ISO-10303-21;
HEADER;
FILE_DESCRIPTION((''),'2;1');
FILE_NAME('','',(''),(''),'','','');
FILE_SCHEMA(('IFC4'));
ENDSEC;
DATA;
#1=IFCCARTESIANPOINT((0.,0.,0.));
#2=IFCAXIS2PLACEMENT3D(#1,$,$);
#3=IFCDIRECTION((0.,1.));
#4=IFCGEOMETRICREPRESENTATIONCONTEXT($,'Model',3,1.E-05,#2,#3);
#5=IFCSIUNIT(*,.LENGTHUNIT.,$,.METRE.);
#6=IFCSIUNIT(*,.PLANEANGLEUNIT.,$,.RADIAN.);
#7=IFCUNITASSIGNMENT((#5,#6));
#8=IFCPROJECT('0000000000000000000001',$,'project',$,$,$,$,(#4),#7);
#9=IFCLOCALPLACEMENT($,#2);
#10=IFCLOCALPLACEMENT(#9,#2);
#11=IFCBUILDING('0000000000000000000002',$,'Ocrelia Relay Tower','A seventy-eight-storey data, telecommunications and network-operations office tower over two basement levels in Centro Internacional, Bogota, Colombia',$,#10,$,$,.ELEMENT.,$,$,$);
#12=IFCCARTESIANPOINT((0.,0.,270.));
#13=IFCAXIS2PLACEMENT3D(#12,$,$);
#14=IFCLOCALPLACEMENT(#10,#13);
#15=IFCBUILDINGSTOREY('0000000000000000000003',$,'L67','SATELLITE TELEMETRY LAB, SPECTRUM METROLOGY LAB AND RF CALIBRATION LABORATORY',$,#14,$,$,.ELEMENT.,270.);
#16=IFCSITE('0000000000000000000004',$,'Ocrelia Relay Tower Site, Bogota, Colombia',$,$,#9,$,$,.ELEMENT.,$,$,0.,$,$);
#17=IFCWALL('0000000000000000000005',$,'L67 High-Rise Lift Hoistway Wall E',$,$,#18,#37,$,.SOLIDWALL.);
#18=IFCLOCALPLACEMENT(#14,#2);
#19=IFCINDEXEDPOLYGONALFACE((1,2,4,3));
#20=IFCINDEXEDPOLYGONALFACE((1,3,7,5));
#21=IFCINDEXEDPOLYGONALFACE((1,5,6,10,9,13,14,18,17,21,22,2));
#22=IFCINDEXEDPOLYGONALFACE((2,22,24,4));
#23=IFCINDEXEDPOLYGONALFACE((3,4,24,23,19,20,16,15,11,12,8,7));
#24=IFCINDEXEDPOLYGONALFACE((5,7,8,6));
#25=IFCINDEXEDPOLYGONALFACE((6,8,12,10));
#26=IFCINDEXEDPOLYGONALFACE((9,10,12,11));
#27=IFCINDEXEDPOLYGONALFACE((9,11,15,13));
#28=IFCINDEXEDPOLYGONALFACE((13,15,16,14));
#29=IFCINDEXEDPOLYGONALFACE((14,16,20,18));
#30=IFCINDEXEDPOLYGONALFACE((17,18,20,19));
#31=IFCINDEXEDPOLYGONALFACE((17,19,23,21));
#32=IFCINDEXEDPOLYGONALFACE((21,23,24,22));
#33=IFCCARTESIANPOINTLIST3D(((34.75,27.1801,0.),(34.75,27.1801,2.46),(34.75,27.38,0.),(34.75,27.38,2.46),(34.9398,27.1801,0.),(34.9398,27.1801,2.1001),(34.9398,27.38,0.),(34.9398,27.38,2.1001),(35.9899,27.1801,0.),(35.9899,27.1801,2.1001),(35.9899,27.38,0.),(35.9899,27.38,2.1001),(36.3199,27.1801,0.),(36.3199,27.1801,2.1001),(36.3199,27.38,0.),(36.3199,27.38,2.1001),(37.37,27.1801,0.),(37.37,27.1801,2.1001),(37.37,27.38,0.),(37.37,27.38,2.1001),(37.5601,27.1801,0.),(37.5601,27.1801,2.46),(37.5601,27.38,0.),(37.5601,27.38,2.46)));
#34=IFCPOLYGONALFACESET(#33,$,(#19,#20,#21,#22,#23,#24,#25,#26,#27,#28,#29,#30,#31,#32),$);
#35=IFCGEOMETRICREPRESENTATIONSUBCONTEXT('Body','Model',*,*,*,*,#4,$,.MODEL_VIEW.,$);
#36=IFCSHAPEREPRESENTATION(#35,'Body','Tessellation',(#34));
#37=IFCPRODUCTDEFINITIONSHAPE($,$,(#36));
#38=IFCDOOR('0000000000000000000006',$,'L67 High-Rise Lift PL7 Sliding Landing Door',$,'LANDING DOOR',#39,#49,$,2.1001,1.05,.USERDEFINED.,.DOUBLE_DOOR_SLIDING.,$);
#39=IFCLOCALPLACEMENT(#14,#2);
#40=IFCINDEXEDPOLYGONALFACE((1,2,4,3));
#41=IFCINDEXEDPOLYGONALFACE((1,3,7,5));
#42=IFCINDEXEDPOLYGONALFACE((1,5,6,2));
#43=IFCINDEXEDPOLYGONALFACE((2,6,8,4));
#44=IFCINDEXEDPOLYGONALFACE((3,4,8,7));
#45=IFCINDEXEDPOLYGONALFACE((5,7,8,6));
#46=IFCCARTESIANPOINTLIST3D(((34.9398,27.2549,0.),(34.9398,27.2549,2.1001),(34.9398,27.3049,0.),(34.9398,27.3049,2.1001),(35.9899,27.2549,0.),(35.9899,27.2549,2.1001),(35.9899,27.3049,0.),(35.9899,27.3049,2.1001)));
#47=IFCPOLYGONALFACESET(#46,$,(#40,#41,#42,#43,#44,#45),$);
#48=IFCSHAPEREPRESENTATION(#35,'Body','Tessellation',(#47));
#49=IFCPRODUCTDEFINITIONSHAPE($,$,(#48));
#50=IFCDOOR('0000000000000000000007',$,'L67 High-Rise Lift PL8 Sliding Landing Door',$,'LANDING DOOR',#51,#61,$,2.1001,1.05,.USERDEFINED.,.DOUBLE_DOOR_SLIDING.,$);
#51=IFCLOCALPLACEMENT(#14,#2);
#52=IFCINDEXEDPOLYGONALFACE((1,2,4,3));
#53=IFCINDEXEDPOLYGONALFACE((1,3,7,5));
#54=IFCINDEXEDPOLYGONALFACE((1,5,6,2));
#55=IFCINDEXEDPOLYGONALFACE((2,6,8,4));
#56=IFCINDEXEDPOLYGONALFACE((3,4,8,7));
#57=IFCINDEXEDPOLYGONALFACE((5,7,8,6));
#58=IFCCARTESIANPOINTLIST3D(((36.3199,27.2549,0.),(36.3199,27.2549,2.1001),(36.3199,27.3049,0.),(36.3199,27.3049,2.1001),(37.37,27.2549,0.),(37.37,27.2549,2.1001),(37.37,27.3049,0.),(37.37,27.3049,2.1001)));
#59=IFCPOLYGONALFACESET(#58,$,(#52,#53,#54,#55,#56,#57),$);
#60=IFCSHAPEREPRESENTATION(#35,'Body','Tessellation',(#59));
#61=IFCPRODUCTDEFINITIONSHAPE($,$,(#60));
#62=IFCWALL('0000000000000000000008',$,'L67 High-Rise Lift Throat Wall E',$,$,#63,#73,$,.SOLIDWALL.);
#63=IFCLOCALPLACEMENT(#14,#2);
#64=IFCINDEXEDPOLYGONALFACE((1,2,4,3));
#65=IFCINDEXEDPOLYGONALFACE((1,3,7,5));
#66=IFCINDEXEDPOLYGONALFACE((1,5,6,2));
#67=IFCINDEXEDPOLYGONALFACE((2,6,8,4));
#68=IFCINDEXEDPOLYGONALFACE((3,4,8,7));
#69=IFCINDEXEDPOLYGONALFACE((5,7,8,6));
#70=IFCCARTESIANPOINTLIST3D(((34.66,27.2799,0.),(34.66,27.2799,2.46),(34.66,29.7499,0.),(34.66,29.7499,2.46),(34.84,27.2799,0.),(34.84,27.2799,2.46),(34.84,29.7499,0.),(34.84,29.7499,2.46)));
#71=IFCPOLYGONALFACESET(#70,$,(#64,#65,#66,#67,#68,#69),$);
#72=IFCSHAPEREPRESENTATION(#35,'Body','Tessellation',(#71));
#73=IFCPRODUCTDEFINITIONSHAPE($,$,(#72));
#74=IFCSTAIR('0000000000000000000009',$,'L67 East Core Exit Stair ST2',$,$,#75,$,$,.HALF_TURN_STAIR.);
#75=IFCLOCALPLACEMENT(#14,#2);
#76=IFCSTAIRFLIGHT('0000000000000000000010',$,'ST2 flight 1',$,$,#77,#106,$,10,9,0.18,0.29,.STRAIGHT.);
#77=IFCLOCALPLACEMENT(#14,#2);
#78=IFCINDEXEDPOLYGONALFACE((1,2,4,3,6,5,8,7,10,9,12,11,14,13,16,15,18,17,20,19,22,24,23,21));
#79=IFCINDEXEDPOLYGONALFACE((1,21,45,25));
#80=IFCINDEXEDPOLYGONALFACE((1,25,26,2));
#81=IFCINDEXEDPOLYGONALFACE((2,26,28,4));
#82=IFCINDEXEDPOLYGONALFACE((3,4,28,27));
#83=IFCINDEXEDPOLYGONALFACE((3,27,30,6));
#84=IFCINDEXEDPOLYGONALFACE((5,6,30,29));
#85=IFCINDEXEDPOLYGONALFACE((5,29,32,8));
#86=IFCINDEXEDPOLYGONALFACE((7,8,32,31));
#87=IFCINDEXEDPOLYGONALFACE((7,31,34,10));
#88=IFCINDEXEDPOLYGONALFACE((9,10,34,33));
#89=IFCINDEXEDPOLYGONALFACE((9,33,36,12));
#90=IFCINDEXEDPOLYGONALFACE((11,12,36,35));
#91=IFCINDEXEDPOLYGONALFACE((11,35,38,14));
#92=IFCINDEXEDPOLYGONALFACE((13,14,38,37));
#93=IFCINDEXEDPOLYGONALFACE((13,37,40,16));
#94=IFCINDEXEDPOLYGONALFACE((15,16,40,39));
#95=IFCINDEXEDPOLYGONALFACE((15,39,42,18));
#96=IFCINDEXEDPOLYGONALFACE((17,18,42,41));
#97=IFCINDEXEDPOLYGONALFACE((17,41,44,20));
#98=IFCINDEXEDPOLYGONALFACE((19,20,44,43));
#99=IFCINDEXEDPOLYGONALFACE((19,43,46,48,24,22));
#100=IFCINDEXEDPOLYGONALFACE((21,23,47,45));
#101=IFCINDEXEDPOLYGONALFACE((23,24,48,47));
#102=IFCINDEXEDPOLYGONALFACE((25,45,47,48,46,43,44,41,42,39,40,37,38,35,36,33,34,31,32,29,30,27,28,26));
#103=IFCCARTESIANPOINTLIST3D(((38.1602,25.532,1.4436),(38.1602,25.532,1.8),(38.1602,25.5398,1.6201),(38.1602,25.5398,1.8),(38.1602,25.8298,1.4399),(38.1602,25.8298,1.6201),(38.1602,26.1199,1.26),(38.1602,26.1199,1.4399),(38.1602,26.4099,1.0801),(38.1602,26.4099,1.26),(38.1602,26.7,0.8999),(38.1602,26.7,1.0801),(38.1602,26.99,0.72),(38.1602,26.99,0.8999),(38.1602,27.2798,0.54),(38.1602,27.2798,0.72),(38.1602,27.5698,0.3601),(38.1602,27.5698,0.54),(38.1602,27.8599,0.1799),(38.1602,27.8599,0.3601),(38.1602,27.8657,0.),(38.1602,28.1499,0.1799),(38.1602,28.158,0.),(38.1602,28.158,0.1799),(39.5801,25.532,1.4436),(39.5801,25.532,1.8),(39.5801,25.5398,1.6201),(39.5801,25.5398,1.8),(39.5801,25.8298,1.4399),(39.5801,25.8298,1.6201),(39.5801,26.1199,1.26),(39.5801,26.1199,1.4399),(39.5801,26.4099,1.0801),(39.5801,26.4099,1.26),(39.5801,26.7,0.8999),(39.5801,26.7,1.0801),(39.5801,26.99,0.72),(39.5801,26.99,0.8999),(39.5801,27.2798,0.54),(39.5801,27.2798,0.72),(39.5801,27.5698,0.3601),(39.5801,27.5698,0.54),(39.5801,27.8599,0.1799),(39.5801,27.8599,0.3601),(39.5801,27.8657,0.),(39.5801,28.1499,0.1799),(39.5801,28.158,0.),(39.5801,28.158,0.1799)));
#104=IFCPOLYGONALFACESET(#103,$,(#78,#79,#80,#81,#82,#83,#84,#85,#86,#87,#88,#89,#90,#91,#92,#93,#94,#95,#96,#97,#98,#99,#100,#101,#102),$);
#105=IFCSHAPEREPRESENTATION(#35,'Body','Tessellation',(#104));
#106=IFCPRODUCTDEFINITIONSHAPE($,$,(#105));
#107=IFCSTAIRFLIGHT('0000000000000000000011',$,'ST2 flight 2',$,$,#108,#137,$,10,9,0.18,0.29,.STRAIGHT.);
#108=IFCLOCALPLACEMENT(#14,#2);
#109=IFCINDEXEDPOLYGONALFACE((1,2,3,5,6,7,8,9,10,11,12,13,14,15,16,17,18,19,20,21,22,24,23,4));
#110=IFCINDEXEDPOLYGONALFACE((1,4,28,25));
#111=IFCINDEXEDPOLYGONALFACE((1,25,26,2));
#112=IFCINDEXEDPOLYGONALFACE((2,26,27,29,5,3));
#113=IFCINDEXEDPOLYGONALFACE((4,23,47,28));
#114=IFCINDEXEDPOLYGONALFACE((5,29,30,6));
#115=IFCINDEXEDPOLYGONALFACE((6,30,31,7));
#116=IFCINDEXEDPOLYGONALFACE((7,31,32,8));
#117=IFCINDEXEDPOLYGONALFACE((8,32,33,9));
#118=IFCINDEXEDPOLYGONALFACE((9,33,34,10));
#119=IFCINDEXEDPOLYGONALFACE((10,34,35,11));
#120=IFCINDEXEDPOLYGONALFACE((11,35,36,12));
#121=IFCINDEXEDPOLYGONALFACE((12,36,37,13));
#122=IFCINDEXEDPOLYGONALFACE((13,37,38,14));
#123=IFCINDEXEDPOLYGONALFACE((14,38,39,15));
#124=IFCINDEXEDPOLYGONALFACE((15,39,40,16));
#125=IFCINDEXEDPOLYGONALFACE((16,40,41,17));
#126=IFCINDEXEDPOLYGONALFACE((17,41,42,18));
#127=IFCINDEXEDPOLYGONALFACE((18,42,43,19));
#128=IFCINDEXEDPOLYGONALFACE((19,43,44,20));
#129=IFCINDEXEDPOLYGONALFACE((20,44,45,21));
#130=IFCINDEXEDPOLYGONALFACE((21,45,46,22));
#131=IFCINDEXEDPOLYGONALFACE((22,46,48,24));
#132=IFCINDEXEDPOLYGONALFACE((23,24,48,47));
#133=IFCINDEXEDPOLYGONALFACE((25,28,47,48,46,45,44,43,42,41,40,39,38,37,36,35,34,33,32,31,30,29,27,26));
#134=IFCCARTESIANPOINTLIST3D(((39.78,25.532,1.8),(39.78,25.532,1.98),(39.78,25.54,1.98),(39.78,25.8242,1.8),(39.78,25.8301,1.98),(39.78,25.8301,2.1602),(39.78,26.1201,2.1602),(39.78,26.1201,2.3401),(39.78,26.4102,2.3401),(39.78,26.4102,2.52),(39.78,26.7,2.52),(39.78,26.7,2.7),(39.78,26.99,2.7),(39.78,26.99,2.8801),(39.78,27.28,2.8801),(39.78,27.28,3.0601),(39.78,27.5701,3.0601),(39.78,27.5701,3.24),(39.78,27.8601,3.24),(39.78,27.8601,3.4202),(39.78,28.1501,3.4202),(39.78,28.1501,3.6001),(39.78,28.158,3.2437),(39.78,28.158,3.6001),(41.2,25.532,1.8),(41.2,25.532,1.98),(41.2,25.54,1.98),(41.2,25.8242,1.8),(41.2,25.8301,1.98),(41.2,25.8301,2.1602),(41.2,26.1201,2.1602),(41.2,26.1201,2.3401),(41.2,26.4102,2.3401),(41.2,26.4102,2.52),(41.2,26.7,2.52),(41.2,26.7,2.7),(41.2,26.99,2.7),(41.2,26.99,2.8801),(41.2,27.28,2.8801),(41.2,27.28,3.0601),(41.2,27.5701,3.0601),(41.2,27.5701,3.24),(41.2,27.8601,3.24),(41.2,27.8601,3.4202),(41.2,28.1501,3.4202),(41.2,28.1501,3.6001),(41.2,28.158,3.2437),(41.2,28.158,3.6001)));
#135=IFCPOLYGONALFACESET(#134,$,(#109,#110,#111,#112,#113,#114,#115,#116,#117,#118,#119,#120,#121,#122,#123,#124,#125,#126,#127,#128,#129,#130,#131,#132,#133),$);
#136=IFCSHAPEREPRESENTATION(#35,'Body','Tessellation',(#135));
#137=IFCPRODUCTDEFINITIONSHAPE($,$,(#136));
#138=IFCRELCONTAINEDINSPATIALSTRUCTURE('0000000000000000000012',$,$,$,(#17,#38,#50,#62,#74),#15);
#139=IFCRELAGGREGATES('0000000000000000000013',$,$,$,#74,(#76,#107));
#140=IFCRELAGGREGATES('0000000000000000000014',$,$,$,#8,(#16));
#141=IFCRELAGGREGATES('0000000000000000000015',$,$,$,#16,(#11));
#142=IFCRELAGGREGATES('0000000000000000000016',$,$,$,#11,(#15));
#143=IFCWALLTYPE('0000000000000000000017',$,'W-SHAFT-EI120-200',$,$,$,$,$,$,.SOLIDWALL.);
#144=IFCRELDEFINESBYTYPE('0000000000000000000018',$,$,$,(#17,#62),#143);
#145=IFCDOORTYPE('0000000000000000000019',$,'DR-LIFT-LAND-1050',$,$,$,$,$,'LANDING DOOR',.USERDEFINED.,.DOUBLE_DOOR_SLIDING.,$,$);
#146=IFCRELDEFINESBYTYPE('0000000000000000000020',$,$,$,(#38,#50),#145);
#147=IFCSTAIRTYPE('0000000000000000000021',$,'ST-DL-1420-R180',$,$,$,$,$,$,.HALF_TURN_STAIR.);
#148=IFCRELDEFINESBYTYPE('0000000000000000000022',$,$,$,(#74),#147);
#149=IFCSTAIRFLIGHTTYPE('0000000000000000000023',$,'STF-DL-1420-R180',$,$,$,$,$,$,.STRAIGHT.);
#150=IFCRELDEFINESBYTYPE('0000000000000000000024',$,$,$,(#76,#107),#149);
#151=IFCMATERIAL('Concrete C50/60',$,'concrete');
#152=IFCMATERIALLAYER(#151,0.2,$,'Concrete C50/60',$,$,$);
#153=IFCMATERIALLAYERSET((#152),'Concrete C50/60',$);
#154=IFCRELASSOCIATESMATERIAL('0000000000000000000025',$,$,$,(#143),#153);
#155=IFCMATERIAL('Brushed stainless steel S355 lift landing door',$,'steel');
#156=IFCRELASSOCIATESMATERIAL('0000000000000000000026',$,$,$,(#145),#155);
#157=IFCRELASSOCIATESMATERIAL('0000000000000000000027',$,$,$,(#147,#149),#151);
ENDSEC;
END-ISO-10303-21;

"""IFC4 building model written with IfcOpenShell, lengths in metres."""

from ifc_helpers import new_model, si_unit, direction, frame, frame_2d, origin, place, context, subcontext, project, spatial, polyline, rectangle, outline, extrude, material, layer, layer_set, type_object, element, fill, aggregate, save


model = new_model("IFC4")

# Units and contexts
model_context = context("Model", 3, precision=1e-05, world=origin(), true_north=direction((0.0, 1.0)))
body_context = subcontext(model_context, "Body", "Model", "MODEL_VIEW")
ifc_project = project(units=[si_unit("LENGTHUNIT", "METRE"), si_unit("PLANEANGLEUNIT", "RADIAN")], contexts=[model_context])

# Site, building, storey
site_placement = place(None, origin())
site = spatial("IfcSite", under=ifc_project, at=site_placement, Name="Ocrelia Relay Tower Site, Bogota, Colombia", CompositionType="ELEMENT", RefElevation=0.0)
building_placement = place(site_placement, origin())
building = spatial("IfcBuilding", under=site, at=building_placement, Name="Ocrelia Relay Tower", Description="A seventy-eight-storey data, telecommunications and network-operations office tower over two basement levels in Centro Internacional, Bogota, Colombia", CompositionType="ELEMENT")
storey_placement = place(building_placement, frame((0.0, 0.0, 270.0)))
storey = spatial("IfcBuildingStorey", under=building, at=storey_placement, Name="L67", Description="SATELLITE TELEMETRY LAB, SPECTRUM METROLOGY LAB AND RF CALIBRATION LABORATORY", CompositionType="ELEMENT", Elevation=270.0)

# Shared definitions
ifc_material_1 = material(Name="Concrete C50/60", Category="concrete")

# Shared definitions
ifc_layer_1 = layer(ifc_material_1, 0.2, Name="Concrete C50/60")
ifc_layer_set_1 = layer_set([ifc_layer_1], Name="Concrete C50/60")
wall_type_1 = type_object("IfcWallType", Name="W-SHAFT-EI120-200", PredefinedType="SOLIDWALL", material=ifc_layer_set_1)

# Wall, openings, doors
wall_1_placement = place(storey_placement, frame((34.75, 27.28, 0.0), z_axis=(0.0, 0.0, 1.0), x_axis=(1.0, 0.0, 0.0)))
wall_1 = element("IfcWall", 1, at=wall_1_placement, inside=storey, type_object=wall_type_1, Name="L67 High-Rise Lift Hoistway Wall E", PredefinedType="SOLIDWALL", context=body_context, shape_type="SweptSolid", body=[
    extrude(rectangle(XDim=2.8101, YDim=0.2, at=frame_2d((1.405, 0.0))), origin(), (0.0, 0.0, 1.0), 2.46),
])
opening_1_placement = place(wall_1_placement, frame((0.1899, 0.0, 0.0)))
opening_1 = element("IfcOpeningElement", 2, at=opening_1_placement, cuts=wall_1, PredefinedType="OPENING", context=body_context, shape_type="SweptSolid", body=[
    extrude(rectangle(XDim=1.05, YDim=2.1001, at=frame_2d((0.5249, 1.05))), frame((0.0, 0.1099, 0.0), z_axis=(0.0, -1.0, 0.0), x_axis=(1.0, 0.0, 0.0)), (0.0, 0.0, 1.0), 0.22),
])
opening_2_placement = place(wall_1_placement, frame((1.5701, 0.0, 0.0)))
opening_2 = element("IfcOpeningElement", 3, at=opening_2_placement, cuts=wall_1, PredefinedType="OPENING", context=body_context, shape_type="SweptSolid", body=[
    extrude(rectangle(XDim=1.05, YDim=2.1001, at=frame_2d((0.5249, 1.05))), frame((0.0, 0.1099, 0.0), z_axis=(0.0, -1.0, 0.0), x_axis=(1.0, 0.0, 0.0)), (0.0, 0.0, 1.0), 0.22),
])
ifc_material_2 = material(Name="Brushed stainless steel S355 lift landing door", Category="steel")
door_type_1 = type_object("IfcDoorType", Name="DR-LIFT-LAND-1050", ElementType="LANDING DOOR", OperationType="DOUBLE_DOOR_SLIDING", PredefinedType="USERDEFINED", material=ifc_material_2)
door_1_placement = place(opening_1_placement, origin())
door_1 = element("IfcDoor", 4, at=door_1_placement, inside=storey, type_object=door_type_1, Name="L67 High-Rise Lift PL7 Sliding Landing Door", ObjectType="LANDING DOOR", OperationType="DOUBLE_DOOR_SLIDING", OverallHeight=2.1001, OverallWidth=1.05, PredefinedType="USERDEFINED", context=body_context, shape_type="SweptSolid", body=[
    extrude(rectangle(XDim=1.05, YDim=2.1001, at=frame_2d((0.5249, 1.05))), frame((0.0, 0.0249, 0.0), z_axis=(0.0, -1.0, 0.0), x_axis=(1.0, 0.0, 0.0)), (0.0, 0.0, 1.0), 0.05),
])
fill(opening_1, door_1)
door_2_placement = place(opening_2_placement, origin())
door_2 = element("IfcDoor", 5, at=door_2_placement, inside=storey, type_object=door_type_1, Name="L67 High-Rise Lift PL8 Sliding Landing Door", ObjectType="LANDING DOOR", OperationType="DOUBLE_DOOR_SLIDING", OverallHeight=2.1001, OverallWidth=1.05, PredefinedType="USERDEFINED", context=body_context, shape_type="SweptSolid", body=[
    extrude(rectangle(XDim=1.05, YDim=2.1001, at=frame_2d((0.5249, 1.05))), frame((0.0, 0.0249, 0.0), z_axis=(0.0, -1.0, 0.0), x_axis=(1.0, 0.0, 0.0)), (0.0, 0.0, 1.0), 0.05),
])
fill(opening_2, door_2)

# Wall
wall_2_placement = place(storey_placement, frame((34.75, 27.28, 0.0), z_axis=(0.0, 0.0, 1.0), x_axis=(0.0, 1.0, 0.0)))
element("IfcWall", 6, at=wall_2_placement, inside=storey, type_object=wall_type_1, Name="L67 High-Rise Lift Throat Wall E", PredefinedType="SOLIDWALL", context=body_context, shape_type="SweptSolid", body=[
    extrude(rectangle(XDim=2.47, YDim=0.1799, at=frame_2d((1.2349, 0.0))), origin(), (0.0, 0.0, 1.0), 2.46),
])

# Stair, stair flights
stair_type = type_object("IfcStairType", Name="ST-DL-1420-R180", PredefinedType="HALF_TURN_STAIR", material=ifc_material_1)
stair_placement = place(storey_placement, origin())
stair = element("IfcStair", 7, at=stair_placement, inside=storey, type_object=stair_type, Name="L67 East Core Exit Stair ST2", PredefinedType="HALF_TURN_STAIR")
stair_flight_type = type_object("IfcStairFlightType", Name="STF-DL-1420-R180", PredefinedType="STRAIGHT", material=ifc_material_1)
stair_flight_1_placement = place(storey_placement, frame((38.8701, 28.1499, 0.0), z_axis=(0.0, 0.0, 1.0), x_axis=(0.0, -1.0, 0.0)))
stair_flight_1 = element("IfcStairFlight", 8, at=stair_flight_1_placement, type_object=stair_flight_type, Name="ST2 flight 1", NumberOfRisers=10, NumberOfTreads=9, PredefinedType="STRAIGHT", RiserHeight=0.18, TreadLength=0.29, context=body_context, shape_type="SweptSolid", body=[
    extrude(outline(polyline([(-0.0081, 0.0), (-0.0081, 0.1799), (0.0, 0.1799), (0.29, 0.1799), (0.29, 0.3601), (0.5801, 0.3601), (0.5801, 0.54), (0.8701, 0.54), (0.8701, 0.72), (1.1599, 0.72), (1.1599, 0.8999), (1.45, 0.8999), (1.45, 1.0801), (1.74, 1.0801), (1.74, 1.26), (2.03, 1.26), (2.03, 1.4399), (2.3201, 1.4399), (2.3201, 1.6201), (2.6101, 1.6201), (2.6101, 1.8), (2.6179, 1.8), (2.6179, 1.4436), (0.2842, 0.0), (-0.0081, 0.0)])), frame((0.0, 0.71, 0.0), z_axis=(0.0, -1.0, 0.0), x_axis=(1.0, 0.0, 0.0)), (0.0, 0.0, 1.0), 1.4199),
])
stair_flight_2_placement = place(storey_placement, frame((40.49, 25.54, 1.8), z_axis=(0.0, 0.0, 1.0), x_axis=(0.0, 1.0, 0.0)))
stair_flight_2 = element("IfcStairFlight", 9, at=stair_flight_2_placement, type_object=stair_flight_type, Name="ST2 flight 2", NumberOfRisers=10, NumberOfTreads=9, PredefinedType="STRAIGHT", RiserHeight=0.18, TreadLength=0.29, context=body_context, shape_type="SweptSolid", body=[
    extrude(outline(polyline([(-0.0081, 0.0), (-0.0081, 0.1799), (0.0, 0.1799), (0.29, 0.1799), (0.29, 0.3601), (0.5801, 0.3601), (0.5801, 0.54), (0.8701, 0.54), (0.8701, 0.72), (1.1599, 0.72), (1.1599, 0.8999), (1.45, 0.8999), (1.45, 1.0801), (1.74, 1.0801), (1.74, 1.26), (2.03, 1.26), (2.03, 1.4399), (2.3201, 1.4399), (2.3201, 1.6201), (2.6101, 1.6201), (2.6101, 1.8), (2.6179, 1.8), (2.6179, 1.4436), (0.2842, 0.0), (-0.0081, 0.0)])), frame((0.0, 0.71, 0.0), z_axis=(0.0, -1.0, 0.0), x_axis=(1.0, 0.0, 0.0)), (0.0, 0.0, 1.0), 1.4199),
])
aggregate(stair, [stair_flight_1, stair_flight_2])

save(model, "model.ifc")
